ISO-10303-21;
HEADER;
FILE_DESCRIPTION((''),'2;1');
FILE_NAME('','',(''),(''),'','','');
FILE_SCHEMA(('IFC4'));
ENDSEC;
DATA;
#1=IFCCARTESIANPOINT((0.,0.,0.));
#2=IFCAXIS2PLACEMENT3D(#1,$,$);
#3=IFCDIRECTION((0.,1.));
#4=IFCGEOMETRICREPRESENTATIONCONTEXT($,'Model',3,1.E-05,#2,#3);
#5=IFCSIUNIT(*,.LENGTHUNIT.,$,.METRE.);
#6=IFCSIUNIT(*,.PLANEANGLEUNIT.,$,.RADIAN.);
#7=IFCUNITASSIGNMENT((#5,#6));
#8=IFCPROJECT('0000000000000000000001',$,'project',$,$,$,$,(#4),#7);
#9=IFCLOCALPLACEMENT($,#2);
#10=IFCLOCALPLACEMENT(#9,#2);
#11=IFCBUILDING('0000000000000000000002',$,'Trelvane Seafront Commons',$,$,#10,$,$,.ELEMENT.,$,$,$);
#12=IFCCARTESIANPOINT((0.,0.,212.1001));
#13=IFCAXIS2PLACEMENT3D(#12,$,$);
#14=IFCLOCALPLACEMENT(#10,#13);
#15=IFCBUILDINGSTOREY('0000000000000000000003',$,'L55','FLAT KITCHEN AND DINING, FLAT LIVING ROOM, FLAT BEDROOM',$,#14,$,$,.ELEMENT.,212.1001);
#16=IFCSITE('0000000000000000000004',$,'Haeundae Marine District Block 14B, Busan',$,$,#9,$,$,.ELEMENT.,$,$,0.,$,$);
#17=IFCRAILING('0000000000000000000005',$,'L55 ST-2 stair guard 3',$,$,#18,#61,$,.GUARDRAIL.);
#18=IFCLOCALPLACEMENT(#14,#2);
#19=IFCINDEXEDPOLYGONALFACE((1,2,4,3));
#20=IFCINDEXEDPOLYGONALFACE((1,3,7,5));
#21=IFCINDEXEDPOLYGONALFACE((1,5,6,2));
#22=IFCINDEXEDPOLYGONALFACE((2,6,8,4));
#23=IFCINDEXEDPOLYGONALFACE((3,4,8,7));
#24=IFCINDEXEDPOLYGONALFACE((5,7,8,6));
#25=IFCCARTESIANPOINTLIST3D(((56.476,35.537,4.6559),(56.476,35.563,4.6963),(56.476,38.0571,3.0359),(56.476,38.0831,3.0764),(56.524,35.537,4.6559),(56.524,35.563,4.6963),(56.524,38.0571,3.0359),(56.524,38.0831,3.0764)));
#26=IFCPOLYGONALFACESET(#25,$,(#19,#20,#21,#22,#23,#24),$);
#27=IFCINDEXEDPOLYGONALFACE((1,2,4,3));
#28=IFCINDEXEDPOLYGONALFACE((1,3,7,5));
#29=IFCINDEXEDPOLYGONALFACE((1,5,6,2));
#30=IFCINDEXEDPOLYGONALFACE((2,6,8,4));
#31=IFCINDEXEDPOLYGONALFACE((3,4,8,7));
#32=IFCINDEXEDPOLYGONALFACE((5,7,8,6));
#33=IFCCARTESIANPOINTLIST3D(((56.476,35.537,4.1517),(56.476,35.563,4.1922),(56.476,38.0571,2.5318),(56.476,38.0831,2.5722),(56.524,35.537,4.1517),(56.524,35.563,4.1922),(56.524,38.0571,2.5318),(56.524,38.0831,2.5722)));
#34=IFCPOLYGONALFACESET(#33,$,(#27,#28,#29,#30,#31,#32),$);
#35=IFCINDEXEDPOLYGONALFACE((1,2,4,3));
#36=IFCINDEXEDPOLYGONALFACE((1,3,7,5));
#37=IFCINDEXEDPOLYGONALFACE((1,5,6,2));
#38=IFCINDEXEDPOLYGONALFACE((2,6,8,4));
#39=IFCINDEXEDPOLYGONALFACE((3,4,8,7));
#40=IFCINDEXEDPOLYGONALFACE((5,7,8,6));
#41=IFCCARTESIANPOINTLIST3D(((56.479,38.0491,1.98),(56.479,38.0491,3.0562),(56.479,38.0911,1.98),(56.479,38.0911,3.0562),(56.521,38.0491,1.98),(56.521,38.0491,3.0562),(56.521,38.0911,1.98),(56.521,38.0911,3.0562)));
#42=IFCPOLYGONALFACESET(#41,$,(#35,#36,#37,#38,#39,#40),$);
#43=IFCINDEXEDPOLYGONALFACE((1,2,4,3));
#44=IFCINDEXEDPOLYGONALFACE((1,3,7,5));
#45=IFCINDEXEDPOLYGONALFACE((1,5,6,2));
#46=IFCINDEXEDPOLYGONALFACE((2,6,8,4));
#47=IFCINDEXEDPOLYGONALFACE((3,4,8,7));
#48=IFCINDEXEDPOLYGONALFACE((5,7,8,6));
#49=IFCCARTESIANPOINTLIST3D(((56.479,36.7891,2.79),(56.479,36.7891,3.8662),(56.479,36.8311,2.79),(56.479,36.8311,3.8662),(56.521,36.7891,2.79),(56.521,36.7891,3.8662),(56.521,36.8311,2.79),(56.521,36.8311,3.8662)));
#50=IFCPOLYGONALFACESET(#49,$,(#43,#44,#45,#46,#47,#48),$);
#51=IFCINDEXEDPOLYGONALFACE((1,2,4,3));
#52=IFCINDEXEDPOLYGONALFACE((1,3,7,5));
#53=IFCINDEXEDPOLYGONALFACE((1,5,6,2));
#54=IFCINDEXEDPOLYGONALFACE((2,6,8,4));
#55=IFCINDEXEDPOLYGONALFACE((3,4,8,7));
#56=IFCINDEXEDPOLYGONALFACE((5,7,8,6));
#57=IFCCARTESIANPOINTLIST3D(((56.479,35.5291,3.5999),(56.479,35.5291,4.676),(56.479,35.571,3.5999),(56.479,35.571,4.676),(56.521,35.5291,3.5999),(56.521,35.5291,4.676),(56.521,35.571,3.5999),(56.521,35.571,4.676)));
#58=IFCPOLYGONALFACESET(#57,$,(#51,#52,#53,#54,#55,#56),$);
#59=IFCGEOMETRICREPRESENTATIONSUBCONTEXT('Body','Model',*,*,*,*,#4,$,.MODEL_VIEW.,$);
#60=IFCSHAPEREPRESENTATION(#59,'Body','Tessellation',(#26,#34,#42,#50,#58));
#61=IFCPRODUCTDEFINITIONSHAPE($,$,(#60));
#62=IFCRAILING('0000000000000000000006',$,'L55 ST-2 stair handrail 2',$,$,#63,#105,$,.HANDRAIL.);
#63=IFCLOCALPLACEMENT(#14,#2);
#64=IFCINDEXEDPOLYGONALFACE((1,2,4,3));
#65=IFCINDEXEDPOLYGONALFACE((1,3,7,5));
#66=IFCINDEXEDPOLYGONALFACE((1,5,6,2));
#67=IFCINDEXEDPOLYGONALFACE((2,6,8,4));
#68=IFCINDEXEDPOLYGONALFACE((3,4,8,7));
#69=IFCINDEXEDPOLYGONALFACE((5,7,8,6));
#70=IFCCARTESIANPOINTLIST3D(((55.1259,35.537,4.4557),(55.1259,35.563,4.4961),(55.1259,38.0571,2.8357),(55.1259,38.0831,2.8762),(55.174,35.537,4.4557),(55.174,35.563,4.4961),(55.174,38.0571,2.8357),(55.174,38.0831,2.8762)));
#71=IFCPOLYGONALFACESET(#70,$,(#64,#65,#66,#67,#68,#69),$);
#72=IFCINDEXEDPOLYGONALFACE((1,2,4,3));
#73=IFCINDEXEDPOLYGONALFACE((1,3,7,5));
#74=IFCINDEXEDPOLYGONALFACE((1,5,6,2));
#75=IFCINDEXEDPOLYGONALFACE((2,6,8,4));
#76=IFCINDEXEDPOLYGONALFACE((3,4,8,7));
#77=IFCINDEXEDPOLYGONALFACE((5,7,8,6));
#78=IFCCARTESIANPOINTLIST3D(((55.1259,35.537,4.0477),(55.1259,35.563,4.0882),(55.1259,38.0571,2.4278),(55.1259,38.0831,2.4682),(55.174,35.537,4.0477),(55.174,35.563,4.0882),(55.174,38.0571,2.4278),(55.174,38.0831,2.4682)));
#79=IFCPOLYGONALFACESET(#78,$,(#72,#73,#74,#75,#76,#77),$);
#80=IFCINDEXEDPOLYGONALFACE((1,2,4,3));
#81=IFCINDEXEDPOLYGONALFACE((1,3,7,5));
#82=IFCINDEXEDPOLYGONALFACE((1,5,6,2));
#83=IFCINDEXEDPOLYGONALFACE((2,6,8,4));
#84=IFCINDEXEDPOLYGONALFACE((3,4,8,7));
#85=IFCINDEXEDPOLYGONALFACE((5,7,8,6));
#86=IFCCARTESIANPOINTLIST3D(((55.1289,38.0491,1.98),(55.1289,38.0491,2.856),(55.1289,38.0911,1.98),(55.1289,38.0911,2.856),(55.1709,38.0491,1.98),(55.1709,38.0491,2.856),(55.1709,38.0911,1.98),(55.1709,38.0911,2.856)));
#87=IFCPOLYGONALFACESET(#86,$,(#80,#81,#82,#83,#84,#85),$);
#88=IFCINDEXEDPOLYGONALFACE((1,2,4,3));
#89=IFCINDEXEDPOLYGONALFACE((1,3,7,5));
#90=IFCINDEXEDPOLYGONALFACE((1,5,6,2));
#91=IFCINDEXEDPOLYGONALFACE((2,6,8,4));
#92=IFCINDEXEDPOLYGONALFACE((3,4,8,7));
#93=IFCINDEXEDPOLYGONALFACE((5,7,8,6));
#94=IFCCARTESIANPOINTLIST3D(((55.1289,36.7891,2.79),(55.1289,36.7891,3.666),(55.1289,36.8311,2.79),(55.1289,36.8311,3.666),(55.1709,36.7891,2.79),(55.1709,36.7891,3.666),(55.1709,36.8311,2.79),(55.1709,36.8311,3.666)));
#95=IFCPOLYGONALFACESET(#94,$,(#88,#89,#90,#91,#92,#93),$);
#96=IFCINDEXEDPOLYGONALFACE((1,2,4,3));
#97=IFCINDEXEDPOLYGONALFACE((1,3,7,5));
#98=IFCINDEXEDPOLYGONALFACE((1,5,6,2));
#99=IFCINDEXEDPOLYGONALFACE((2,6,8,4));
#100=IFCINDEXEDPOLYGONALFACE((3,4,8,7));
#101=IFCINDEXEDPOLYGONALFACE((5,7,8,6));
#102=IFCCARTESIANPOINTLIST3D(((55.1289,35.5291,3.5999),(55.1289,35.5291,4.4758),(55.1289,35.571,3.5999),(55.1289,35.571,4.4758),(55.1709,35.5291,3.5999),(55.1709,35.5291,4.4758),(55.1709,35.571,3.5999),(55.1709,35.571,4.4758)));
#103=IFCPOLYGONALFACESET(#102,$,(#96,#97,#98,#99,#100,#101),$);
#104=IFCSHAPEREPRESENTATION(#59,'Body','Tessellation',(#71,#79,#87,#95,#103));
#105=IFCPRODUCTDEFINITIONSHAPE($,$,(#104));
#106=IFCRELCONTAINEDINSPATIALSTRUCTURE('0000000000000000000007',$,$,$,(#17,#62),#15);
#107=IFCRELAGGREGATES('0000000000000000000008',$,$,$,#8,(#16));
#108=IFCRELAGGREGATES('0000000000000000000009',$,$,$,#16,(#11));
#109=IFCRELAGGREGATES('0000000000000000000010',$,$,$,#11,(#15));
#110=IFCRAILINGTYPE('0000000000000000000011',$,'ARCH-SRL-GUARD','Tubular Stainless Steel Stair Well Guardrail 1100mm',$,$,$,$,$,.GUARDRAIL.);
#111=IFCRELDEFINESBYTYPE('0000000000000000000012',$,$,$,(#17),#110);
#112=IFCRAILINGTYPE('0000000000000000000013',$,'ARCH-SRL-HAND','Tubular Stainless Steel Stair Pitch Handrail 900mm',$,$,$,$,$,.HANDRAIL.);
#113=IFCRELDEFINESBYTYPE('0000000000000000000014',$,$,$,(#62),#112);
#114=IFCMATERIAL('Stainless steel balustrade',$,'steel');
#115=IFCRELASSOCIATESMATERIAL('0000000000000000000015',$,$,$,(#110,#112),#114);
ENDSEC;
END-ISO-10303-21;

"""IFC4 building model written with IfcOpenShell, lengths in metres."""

from ifc_helpers import new_model, si_unit, direction, frame, origin, origin_2d, place, context, subcontext, project, spatial, rectangle, extrude, material, type_object, element, save


model = new_model("IFC4")

# Units and contexts
model_context = context("Model", 3, precision=1e-05, world=origin(), true_north=direction((0.0, 1.0)))
body_context = subcontext(model_context, "Body", "Model", "MODEL_VIEW")
ifc_project = project(units=[si_unit("LENGTHUNIT", "METRE"), si_unit("PLANEANGLEUNIT", "RADIAN")], contexts=[model_context])

# Site, building, storey
site_placement = place(None, origin())
site = spatial("IfcSite", under=ifc_project, at=site_placement, Name="Haeundae Marine District Block 14B, Busan", CompositionType="ELEMENT", RefElevation=0.0)
building_placement = place(site_placement, origin())
building = spatial("IfcBuilding", under=site, at=building_placement, Name="Trelvane Seafront Commons", CompositionType="ELEMENT")
storey_placement = place(building_placement, frame((0.0, 0.0, 212.1001)))
storey = spatial("IfcBuildingStorey", under=building, at=storey_placement, Name="L55", Description="FLAT KITCHEN AND DINING, FLAT LIVING ROOM, FLAT BEDROOM", CompositionType="ELEMENT", Elevation=212.1001)

# Railings
ifc_material_1 = material(Name="Stainless steel balustrade", Category="steel")
railing_type_1 = type_object("IfcRailingType", Name="ARCH-SRL-GUARD", Description="Tubular Stainless Steel Stair Well Guardrail 1100mm", PredefinedType="GUARDRAIL", material=ifc_material_1)
railing_1_placement = place(storey_placement, frame((56.5, 38.0701, 1.98)))
element("IfcRailing", 1, at=railing_1_placement, inside=storey, type_object=railing_type_1, Name="L55 ST-2 stair guard 3", PredefinedType="GUARDRAIL", context=body_context, shape_type="SweptSolid", body=[
    extrude(rectangle(XDim=0.0481, YDim=0.0481, at=origin_2d()), frame((0.0, 0.0, 1.0762), z_axis=(0.0, -0.8412, 0.540725), x_axis=(1.0, 0.0, 0.0)), (0.0, 0.0, 1.0), 2.9958),
    extrude(rectangle(XDim=0.0481, YDim=0.0481, at=origin_2d()), frame((0.0, 0.0, 0.572), z_axis=(0.0, -0.8412, 0.540725), x_axis=(1.0, 0.0, 0.0)), (0.0, 0.0, 1.0), 2.9958),
    extrude(rectangle(XDim=0.042, YDim=0.042, at=origin_2d()), origin(), (0.0, 0.0, 1.0), 1.0762),
    extrude(rectangle(XDim=0.042, YDim=0.042, at=origin_2d()), frame((0.0, -1.26, 0.8101)), (0.0, 0.0, 1.0), 1.0762),
    extrude(rectangle(XDim=0.042, YDim=0.042, at=origin_2d()), frame((0.0, -2.52, 1.6199)), (0.0, 0.0, 1.0), 1.0762),
])
railing_type_2 = type_object("IfcRailingType", Name="ARCH-SRL-HAND", Description="Tubular Stainless Steel Stair Pitch Handrail 900mm", PredefinedType="HANDRAIL", material=ifc_material_1)
railing_2_placement = place(storey_placement, frame((55.1499, 38.0701, 1.98)))
element("IfcRailing", 2, at=railing_2_placement, inside=storey, type_object=railing_type_2, Name="L55 ST-2 stair handrail 2", PredefinedType="HANDRAIL", context=body_context, shape_type="SweptSolid", body=[
    extrude(rectangle(XDim=0.0481, YDim=0.0481, at=origin_2d()), frame((0.0, 0.0, 0.876), z_axis=(0.0, -0.8412, 0.540725), x_axis=(1.0, 0.0, 0.0)), (0.0, 0.0, 1.0), 2.9958),
    extrude(rectangle(XDim=0.0481, YDim=0.0481, at=origin_2d()), frame((0.0, 0.0, 0.468), z_axis=(0.0, -0.8412, 0.540725), x_axis=(1.0, 0.0, 0.0)), (0.0, 0.0, 1.0), 2.9958),
    extrude(rectangle(XDim=0.042, YDim=0.042, at=origin_2d()), origin(), (0.0, 0.0, 1.0), 0.876),
    extrude(rectangle(XDim=0.042, YDim=0.042, at=origin_2d()), frame((0.0, -1.26, 0.8101)), (0.0, 0.0, 1.0), 0.876),
    extrude(rectangle(XDim=0.042, YDim=0.042, at=origin_2d()), frame((0.0, -2.52, 1.6199)), (0.0, 0.0, 1.0), 0.876),
])

save(model, "model.ifc")
